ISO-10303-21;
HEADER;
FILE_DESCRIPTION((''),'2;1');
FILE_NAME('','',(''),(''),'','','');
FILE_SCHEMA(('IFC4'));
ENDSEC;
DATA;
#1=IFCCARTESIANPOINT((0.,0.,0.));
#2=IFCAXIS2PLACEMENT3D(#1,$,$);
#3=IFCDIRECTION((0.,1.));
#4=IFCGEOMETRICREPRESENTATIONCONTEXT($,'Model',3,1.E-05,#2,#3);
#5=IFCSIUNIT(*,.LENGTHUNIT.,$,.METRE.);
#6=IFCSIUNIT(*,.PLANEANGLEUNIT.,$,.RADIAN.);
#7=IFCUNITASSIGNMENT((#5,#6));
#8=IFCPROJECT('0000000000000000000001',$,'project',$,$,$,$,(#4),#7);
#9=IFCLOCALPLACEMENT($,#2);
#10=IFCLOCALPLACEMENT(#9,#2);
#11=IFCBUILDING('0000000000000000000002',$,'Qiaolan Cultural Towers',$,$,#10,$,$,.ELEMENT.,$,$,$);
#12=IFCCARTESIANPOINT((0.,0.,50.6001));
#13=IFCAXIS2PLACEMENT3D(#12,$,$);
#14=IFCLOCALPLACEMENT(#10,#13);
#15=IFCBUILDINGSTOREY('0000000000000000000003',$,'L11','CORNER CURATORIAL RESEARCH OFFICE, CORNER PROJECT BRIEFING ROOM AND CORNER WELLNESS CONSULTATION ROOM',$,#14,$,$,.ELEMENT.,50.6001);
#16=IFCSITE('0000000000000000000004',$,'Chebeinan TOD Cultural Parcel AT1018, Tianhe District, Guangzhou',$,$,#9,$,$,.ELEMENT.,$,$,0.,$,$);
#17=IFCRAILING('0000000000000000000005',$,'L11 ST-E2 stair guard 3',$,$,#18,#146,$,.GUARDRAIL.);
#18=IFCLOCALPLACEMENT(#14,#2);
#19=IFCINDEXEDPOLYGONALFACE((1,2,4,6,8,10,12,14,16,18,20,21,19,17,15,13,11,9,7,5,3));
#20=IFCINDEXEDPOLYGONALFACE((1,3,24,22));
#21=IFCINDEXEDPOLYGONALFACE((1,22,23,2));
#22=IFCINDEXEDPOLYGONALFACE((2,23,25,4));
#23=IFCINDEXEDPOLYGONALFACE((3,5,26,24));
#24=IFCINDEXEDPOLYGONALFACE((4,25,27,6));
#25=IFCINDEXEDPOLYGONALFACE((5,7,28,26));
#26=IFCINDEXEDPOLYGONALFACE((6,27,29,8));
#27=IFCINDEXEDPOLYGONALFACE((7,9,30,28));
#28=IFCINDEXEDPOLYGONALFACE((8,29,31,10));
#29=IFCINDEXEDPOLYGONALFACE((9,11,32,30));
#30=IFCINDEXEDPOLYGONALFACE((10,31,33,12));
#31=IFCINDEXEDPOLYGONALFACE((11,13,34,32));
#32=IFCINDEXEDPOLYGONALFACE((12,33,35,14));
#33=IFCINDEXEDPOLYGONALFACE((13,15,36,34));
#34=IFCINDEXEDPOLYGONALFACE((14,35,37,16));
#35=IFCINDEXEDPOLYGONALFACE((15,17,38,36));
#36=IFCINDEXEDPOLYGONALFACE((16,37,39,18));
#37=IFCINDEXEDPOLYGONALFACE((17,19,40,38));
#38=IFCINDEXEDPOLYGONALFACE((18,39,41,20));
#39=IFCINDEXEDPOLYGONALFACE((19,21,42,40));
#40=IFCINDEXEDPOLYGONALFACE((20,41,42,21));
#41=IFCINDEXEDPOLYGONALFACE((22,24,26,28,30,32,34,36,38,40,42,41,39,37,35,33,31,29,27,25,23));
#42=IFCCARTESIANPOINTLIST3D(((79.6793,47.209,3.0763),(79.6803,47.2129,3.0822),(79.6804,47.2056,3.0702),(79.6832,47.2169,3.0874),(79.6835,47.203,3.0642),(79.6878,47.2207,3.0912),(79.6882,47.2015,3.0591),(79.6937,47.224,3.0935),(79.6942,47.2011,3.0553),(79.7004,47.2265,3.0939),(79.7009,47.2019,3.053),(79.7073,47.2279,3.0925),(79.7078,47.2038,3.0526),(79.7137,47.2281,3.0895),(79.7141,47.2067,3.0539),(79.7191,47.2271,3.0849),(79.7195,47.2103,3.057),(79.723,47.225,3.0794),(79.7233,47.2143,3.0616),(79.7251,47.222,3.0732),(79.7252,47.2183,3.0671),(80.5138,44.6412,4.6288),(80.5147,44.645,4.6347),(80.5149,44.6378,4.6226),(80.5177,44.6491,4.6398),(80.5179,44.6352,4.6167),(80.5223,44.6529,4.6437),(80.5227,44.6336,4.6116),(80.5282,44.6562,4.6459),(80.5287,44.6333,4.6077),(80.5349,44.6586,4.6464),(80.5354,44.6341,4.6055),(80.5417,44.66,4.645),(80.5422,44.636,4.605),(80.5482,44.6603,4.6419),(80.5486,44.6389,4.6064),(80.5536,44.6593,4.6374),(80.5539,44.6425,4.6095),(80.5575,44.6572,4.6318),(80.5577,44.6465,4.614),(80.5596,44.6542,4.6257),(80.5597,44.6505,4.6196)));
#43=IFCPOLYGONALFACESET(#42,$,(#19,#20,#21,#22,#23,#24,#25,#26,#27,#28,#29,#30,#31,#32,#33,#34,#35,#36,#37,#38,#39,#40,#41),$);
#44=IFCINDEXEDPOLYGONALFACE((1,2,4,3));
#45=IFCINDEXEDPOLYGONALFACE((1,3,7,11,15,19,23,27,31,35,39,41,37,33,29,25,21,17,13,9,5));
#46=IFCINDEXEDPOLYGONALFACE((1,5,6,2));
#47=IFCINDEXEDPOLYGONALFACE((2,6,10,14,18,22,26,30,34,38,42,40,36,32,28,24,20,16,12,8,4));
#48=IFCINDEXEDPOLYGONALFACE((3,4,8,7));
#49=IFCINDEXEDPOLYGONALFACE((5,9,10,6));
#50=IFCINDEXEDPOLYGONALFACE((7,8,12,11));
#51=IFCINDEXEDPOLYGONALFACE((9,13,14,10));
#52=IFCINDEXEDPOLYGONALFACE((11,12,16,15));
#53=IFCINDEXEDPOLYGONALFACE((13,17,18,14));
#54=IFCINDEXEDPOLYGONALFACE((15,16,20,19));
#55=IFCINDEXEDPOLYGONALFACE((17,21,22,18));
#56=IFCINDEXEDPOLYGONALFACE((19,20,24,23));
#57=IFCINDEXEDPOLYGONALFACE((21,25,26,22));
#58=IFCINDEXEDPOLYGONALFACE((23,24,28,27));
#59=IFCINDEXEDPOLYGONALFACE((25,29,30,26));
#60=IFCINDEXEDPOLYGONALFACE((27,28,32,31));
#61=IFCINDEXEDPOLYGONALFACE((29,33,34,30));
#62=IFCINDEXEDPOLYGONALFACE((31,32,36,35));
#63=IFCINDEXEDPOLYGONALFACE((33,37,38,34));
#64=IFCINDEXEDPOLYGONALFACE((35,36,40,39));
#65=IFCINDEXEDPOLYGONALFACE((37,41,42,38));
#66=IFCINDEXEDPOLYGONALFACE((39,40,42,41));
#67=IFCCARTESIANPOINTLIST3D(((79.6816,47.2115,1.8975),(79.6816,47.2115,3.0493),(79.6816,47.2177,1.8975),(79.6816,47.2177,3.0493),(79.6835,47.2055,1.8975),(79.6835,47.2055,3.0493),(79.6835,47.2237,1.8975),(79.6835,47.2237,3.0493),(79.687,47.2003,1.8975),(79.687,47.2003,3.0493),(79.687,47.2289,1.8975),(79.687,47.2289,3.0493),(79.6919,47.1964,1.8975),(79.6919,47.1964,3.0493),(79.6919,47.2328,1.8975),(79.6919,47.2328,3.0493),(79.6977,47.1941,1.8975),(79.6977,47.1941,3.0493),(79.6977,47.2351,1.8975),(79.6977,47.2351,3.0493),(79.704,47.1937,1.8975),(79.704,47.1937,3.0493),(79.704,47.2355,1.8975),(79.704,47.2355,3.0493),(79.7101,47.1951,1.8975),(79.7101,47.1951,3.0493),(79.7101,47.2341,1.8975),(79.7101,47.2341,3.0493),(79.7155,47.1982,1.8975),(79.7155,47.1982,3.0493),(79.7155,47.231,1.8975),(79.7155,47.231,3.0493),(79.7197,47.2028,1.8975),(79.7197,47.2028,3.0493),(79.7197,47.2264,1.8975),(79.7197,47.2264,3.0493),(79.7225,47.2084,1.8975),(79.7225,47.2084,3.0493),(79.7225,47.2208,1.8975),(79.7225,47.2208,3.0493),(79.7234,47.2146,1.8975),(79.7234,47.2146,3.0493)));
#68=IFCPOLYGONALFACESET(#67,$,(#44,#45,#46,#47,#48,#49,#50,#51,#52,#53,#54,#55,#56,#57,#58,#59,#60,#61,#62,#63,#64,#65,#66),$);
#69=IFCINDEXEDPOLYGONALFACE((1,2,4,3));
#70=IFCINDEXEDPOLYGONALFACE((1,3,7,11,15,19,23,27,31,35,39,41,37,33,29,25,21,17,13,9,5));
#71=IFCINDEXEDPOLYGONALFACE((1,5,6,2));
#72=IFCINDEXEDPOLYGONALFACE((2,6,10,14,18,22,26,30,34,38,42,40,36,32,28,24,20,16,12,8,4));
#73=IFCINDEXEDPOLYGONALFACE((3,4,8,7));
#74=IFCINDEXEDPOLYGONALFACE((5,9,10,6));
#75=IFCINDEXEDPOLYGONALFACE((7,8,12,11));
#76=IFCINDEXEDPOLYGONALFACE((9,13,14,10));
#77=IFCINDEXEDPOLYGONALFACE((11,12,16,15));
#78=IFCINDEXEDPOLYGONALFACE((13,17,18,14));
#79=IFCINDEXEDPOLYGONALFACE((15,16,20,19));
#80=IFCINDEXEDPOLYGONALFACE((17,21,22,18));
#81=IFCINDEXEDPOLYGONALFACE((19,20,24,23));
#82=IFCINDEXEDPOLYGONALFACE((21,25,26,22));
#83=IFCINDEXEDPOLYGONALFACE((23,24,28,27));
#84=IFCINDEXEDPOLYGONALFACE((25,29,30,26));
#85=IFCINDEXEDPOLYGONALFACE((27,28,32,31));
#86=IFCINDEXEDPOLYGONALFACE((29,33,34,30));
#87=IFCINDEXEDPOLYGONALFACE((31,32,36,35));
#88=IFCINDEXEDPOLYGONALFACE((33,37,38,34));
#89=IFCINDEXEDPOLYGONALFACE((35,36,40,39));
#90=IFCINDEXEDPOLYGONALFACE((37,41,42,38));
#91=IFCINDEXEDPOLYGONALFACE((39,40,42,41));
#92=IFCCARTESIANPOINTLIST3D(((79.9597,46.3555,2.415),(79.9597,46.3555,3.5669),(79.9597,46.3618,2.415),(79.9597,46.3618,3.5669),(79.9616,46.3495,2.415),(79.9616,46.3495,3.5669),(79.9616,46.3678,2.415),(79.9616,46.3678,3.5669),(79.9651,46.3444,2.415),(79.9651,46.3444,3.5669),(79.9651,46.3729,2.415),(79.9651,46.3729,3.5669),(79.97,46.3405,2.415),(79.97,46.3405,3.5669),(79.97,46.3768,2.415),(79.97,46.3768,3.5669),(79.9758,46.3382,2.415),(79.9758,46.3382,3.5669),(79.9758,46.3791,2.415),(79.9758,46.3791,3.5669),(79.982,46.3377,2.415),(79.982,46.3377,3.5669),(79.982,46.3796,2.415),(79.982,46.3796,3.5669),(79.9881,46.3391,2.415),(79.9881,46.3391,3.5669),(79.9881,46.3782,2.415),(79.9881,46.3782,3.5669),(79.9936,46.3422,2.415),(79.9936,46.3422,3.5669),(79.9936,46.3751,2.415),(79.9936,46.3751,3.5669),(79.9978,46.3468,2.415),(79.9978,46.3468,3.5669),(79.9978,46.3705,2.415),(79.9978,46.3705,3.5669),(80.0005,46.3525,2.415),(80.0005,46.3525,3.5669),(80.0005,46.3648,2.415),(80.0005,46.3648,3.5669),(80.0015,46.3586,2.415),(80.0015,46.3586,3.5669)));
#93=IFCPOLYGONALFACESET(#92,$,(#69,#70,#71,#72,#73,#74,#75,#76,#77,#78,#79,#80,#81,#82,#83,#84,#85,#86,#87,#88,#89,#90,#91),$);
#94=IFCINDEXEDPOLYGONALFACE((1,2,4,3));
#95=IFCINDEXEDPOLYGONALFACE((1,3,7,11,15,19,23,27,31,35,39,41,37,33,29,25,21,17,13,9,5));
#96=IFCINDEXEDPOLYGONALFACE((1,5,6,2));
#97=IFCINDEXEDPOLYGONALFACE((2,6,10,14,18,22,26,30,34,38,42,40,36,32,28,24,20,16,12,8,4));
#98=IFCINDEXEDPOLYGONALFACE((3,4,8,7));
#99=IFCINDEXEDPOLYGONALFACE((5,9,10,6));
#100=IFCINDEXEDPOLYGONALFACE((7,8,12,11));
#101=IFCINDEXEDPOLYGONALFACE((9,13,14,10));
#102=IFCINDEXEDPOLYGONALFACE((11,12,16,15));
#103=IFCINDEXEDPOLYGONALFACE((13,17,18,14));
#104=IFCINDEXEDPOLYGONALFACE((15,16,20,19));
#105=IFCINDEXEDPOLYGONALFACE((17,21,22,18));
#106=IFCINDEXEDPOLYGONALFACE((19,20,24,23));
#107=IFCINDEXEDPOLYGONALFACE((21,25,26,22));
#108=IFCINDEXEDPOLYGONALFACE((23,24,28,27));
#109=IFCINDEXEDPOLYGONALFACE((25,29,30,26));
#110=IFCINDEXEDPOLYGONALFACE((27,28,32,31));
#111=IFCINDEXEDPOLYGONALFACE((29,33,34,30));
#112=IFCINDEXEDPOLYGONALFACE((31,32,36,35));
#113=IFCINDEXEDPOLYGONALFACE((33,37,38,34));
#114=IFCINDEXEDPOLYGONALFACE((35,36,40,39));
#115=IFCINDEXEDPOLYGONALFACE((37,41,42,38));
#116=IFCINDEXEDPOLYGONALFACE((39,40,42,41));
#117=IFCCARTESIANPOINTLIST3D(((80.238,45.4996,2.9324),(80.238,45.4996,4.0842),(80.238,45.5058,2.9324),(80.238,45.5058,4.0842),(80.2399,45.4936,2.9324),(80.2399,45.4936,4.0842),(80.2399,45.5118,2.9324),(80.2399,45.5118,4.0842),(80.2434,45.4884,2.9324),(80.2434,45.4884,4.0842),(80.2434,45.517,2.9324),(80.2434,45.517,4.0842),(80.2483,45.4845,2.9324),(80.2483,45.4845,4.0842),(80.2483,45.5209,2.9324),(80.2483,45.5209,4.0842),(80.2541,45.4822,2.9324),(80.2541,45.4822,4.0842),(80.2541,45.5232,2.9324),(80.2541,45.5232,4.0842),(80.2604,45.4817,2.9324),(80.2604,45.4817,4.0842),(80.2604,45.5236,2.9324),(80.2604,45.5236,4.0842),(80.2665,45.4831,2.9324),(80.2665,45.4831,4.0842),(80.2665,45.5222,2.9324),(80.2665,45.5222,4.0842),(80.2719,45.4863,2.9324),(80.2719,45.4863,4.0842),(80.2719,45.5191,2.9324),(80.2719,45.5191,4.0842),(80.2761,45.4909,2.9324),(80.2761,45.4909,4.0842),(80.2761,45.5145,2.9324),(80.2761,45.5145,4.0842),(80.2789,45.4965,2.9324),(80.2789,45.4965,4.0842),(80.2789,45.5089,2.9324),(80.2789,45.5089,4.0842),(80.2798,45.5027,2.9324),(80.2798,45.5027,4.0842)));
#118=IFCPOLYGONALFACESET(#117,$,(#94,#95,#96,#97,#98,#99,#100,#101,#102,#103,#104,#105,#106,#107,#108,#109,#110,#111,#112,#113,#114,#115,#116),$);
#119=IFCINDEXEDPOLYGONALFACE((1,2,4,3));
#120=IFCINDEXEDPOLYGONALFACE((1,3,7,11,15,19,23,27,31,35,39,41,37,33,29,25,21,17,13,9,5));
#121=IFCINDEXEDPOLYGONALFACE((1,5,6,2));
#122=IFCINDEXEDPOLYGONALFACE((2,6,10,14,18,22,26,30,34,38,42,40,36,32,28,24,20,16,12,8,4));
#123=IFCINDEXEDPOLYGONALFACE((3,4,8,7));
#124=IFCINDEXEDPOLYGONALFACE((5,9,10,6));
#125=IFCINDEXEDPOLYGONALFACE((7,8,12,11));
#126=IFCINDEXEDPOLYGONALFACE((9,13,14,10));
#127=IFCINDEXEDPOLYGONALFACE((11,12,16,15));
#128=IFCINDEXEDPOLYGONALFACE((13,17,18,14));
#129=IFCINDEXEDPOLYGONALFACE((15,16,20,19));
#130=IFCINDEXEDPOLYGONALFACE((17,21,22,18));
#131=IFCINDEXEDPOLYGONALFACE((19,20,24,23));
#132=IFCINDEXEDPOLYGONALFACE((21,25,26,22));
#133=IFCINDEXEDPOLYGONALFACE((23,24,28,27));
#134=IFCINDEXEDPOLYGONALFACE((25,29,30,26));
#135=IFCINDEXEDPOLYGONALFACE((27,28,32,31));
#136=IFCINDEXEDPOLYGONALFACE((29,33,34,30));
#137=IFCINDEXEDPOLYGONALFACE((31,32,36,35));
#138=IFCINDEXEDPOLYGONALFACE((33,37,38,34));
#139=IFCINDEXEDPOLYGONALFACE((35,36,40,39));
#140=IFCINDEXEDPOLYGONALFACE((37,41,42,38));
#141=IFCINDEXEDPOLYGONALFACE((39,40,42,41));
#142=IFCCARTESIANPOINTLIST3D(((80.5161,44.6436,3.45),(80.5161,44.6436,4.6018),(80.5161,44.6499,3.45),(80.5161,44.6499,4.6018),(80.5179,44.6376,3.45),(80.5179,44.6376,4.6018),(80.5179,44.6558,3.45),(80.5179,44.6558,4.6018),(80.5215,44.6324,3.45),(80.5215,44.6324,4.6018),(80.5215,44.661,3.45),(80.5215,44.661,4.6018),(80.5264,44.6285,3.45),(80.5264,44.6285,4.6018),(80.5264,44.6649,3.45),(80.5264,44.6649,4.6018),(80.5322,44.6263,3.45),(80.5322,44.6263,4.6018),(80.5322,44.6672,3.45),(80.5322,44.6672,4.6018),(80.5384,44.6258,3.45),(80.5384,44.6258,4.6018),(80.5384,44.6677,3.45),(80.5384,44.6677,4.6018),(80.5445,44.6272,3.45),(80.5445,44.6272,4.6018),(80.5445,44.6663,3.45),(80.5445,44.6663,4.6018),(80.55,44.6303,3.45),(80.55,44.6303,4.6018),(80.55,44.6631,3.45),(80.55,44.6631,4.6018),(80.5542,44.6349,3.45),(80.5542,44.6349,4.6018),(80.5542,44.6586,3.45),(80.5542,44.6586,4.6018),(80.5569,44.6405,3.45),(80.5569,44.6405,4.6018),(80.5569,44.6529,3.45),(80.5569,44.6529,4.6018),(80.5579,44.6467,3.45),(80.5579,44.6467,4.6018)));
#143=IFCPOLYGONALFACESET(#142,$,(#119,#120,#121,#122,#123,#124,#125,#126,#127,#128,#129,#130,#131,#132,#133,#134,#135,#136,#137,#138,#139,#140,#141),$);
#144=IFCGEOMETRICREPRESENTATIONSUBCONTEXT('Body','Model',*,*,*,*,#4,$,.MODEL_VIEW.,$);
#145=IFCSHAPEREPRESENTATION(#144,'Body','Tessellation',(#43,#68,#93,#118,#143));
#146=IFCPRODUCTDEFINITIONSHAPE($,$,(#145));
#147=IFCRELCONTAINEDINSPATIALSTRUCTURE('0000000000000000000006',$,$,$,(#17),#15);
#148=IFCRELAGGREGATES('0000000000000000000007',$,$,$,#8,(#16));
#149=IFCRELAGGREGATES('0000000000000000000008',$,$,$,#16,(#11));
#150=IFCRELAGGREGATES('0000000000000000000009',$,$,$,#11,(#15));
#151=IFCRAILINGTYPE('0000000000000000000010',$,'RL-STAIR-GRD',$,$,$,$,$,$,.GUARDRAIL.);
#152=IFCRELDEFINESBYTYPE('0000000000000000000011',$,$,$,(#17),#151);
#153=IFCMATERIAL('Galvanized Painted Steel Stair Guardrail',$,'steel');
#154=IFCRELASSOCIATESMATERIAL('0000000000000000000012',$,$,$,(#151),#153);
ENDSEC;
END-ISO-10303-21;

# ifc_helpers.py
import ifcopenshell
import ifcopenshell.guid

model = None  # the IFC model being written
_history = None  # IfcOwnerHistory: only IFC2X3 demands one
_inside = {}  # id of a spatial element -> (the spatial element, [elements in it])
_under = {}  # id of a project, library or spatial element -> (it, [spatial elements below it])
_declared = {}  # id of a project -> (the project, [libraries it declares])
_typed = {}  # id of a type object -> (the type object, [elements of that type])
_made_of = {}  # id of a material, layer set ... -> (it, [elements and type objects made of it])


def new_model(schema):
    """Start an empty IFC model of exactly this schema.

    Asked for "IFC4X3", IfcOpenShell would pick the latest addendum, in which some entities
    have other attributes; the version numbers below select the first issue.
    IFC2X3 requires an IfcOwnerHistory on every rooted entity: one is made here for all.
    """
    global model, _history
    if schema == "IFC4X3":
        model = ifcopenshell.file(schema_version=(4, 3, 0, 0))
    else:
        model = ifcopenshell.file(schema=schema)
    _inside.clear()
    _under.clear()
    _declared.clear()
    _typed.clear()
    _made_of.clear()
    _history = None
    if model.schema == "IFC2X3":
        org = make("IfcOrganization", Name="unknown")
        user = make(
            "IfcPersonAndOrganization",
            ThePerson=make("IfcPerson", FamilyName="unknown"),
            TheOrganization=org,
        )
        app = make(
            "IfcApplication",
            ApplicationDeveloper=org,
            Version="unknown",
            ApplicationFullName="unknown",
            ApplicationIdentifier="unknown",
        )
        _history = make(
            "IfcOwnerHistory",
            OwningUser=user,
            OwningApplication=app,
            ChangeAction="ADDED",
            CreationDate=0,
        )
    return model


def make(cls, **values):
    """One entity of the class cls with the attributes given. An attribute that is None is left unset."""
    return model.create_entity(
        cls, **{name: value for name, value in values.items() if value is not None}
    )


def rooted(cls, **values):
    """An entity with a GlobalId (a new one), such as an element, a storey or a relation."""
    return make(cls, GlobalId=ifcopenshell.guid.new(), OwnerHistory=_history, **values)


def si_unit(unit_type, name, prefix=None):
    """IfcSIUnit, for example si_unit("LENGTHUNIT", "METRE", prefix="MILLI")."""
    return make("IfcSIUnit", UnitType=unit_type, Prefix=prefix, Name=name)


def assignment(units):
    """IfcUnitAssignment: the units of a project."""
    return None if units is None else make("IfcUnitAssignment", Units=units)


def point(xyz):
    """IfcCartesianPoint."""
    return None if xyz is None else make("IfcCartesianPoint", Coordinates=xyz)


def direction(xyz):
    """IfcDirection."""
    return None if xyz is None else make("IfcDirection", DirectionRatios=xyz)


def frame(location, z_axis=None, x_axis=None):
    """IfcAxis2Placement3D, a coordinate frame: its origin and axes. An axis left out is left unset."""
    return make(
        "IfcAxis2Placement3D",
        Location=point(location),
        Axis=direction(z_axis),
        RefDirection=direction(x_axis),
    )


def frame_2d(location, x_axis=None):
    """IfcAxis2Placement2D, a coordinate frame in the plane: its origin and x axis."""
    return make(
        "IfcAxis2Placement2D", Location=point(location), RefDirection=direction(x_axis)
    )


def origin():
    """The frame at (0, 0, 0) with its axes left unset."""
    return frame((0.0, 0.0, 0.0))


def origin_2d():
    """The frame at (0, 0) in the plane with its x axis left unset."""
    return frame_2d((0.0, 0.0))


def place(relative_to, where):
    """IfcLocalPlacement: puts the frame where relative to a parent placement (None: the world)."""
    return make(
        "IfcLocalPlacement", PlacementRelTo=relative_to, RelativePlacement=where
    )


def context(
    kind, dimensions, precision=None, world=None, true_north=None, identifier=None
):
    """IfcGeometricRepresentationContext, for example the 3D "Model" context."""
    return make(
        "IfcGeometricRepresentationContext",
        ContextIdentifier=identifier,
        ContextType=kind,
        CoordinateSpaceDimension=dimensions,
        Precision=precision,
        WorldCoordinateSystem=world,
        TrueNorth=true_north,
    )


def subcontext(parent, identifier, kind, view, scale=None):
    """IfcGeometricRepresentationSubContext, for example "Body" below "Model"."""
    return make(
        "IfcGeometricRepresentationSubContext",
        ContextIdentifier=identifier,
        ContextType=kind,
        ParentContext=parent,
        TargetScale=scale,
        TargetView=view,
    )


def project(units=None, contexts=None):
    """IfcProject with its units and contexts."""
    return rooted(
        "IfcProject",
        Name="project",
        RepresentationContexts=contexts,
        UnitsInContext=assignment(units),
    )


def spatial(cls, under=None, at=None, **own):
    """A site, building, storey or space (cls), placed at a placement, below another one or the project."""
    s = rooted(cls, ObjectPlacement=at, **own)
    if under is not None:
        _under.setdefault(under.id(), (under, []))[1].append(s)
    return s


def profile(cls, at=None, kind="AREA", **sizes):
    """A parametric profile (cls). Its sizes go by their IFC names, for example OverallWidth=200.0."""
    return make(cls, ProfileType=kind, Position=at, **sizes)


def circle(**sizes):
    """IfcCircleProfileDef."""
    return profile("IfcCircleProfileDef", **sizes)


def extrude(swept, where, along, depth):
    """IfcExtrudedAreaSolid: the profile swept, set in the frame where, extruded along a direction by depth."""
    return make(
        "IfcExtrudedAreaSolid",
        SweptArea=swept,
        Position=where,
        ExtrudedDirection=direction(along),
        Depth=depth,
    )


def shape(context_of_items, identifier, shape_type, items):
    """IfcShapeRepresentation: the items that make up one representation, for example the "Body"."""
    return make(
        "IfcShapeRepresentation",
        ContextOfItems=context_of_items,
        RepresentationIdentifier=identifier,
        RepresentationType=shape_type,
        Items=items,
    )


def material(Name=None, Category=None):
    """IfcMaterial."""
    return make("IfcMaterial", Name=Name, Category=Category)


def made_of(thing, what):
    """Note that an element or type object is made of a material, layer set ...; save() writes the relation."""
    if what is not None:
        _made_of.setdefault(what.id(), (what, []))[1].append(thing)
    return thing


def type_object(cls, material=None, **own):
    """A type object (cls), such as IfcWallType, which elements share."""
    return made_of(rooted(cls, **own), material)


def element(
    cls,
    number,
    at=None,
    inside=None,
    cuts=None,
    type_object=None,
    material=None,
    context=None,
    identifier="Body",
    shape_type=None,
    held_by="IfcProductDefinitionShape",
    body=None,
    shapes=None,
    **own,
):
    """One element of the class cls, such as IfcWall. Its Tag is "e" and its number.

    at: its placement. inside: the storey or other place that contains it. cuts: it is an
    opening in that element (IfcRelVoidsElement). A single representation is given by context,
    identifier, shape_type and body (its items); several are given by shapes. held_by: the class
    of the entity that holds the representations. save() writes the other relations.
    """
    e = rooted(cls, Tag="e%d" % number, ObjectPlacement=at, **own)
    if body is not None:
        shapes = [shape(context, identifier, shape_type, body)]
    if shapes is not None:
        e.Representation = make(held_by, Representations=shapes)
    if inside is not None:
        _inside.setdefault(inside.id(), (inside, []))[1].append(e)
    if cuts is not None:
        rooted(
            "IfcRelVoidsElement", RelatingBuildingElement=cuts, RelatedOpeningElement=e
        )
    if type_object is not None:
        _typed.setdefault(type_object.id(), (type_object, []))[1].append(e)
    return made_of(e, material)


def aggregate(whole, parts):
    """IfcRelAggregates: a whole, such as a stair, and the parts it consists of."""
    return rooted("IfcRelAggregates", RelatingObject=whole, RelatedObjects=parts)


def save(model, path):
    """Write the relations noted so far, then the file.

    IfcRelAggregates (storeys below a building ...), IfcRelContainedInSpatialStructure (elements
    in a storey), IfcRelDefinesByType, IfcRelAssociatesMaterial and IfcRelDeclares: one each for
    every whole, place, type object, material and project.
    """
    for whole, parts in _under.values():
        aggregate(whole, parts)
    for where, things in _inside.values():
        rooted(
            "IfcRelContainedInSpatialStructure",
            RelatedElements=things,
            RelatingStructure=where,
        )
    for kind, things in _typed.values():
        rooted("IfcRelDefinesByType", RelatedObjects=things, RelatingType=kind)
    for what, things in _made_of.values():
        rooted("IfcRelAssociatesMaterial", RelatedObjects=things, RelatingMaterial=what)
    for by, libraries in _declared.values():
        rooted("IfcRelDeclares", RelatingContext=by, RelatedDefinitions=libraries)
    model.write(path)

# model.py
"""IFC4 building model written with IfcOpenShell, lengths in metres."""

from ifc_helpers import new_model, si_unit, direction, frame, origin, origin_2d, place, context, subcontext, project, spatial, circle, extrude, material, type_object, element, save


model = new_model("IFC4")

# Units and contexts
model_context = context("Model", 3, precision=1e-05, world=origin(), true_north=direction((0.0, 1.0)))
body_context = subcontext(model_context, "Body", "Model", "MODEL_VIEW")
ifc_project = project(units=[si_unit("LENGTHUNIT", "METRE"), si_unit("PLANEANGLEUNIT", "RADIAN")], contexts=[model_context])

# Site, building, storey
site_placement = place(None, origin())
site = spatial("IfcSite", under=ifc_project, at=site_placement, Name="Chebeinan TOD Cultural Parcel AT1018, Tianhe District, Guangzhou", CompositionType="ELEMENT", RefElevation=0.0)
building_placement = place(site_placement, origin())
building = spatial("IfcBuilding", under=site, at=building_placement, Name="Qiaolan Cultural Towers", CompositionType="ELEMENT")
storey_placement = place(building_placement, frame((0.0, 0.0, 50.6001)))
storey = spatial("IfcBuildingStorey", under=building, at=storey_placement, Name="L11", Description="CORNER CURATORIAL RESEARCH OFFICE, CORNER PROJECT BRIEFING ROOM AND CORNER WELLNESS CONSULTATION ROOM", CompositionType="ELEMENT", Elevation=50.6001)

# Railing
ifc_material_1 = material(Name="Galvanized Painted Steel Stair Guardrail", Category="steel")
railing_type_1 = type_object("IfcRailingType", Name="RL-STAIR-GRD", PredefinedType="GUARDRAIL", material=ifc_material_1)
railing_1_placement = place(storey_placement, frame((79.7024, 47.2146, 1.8975)))
element("IfcRailing", 1, at=railing_1_placement, inside=storey, type_object=railing_type_1, Name="L11 ST-E2 stair guard 3", PredefinedType="GUARDRAIL", context=body_context, shape_type="SweptSolid", body=[
    extrude(circle(Radius=0.0239, at=origin_2d()), frame((0.0, 0.0, 1.1758), z_axis=(0.267926, -0.824471, 0.498461), x_axis=(0.951043, 0.309057, 0.0)), (0.0, 0.0, 1.0), 3.1145),
    extrude(circle(Radius=0.021, at=origin_2d()), origin(), (0.0, 0.0, 1.0), 1.1519),
    extrude(circle(Radius=0.021, at=origin_2d()), frame((0.2781, -0.856, 0.5176)), (0.0, 0.0, 1.0), 1.1519),
    extrude(circle(Radius=0.021, at=origin_2d()), frame((0.5564, -1.7119, 1.0349)), (0.0, 0.0, 1.0), 1.1519),
    extrude(circle(Radius=0.021, at=origin_2d()), frame((0.8345, -2.5679, 1.5525)), (0.0, 0.0, 1.0), 1.1519),
])

save(model, "model.ifc")
